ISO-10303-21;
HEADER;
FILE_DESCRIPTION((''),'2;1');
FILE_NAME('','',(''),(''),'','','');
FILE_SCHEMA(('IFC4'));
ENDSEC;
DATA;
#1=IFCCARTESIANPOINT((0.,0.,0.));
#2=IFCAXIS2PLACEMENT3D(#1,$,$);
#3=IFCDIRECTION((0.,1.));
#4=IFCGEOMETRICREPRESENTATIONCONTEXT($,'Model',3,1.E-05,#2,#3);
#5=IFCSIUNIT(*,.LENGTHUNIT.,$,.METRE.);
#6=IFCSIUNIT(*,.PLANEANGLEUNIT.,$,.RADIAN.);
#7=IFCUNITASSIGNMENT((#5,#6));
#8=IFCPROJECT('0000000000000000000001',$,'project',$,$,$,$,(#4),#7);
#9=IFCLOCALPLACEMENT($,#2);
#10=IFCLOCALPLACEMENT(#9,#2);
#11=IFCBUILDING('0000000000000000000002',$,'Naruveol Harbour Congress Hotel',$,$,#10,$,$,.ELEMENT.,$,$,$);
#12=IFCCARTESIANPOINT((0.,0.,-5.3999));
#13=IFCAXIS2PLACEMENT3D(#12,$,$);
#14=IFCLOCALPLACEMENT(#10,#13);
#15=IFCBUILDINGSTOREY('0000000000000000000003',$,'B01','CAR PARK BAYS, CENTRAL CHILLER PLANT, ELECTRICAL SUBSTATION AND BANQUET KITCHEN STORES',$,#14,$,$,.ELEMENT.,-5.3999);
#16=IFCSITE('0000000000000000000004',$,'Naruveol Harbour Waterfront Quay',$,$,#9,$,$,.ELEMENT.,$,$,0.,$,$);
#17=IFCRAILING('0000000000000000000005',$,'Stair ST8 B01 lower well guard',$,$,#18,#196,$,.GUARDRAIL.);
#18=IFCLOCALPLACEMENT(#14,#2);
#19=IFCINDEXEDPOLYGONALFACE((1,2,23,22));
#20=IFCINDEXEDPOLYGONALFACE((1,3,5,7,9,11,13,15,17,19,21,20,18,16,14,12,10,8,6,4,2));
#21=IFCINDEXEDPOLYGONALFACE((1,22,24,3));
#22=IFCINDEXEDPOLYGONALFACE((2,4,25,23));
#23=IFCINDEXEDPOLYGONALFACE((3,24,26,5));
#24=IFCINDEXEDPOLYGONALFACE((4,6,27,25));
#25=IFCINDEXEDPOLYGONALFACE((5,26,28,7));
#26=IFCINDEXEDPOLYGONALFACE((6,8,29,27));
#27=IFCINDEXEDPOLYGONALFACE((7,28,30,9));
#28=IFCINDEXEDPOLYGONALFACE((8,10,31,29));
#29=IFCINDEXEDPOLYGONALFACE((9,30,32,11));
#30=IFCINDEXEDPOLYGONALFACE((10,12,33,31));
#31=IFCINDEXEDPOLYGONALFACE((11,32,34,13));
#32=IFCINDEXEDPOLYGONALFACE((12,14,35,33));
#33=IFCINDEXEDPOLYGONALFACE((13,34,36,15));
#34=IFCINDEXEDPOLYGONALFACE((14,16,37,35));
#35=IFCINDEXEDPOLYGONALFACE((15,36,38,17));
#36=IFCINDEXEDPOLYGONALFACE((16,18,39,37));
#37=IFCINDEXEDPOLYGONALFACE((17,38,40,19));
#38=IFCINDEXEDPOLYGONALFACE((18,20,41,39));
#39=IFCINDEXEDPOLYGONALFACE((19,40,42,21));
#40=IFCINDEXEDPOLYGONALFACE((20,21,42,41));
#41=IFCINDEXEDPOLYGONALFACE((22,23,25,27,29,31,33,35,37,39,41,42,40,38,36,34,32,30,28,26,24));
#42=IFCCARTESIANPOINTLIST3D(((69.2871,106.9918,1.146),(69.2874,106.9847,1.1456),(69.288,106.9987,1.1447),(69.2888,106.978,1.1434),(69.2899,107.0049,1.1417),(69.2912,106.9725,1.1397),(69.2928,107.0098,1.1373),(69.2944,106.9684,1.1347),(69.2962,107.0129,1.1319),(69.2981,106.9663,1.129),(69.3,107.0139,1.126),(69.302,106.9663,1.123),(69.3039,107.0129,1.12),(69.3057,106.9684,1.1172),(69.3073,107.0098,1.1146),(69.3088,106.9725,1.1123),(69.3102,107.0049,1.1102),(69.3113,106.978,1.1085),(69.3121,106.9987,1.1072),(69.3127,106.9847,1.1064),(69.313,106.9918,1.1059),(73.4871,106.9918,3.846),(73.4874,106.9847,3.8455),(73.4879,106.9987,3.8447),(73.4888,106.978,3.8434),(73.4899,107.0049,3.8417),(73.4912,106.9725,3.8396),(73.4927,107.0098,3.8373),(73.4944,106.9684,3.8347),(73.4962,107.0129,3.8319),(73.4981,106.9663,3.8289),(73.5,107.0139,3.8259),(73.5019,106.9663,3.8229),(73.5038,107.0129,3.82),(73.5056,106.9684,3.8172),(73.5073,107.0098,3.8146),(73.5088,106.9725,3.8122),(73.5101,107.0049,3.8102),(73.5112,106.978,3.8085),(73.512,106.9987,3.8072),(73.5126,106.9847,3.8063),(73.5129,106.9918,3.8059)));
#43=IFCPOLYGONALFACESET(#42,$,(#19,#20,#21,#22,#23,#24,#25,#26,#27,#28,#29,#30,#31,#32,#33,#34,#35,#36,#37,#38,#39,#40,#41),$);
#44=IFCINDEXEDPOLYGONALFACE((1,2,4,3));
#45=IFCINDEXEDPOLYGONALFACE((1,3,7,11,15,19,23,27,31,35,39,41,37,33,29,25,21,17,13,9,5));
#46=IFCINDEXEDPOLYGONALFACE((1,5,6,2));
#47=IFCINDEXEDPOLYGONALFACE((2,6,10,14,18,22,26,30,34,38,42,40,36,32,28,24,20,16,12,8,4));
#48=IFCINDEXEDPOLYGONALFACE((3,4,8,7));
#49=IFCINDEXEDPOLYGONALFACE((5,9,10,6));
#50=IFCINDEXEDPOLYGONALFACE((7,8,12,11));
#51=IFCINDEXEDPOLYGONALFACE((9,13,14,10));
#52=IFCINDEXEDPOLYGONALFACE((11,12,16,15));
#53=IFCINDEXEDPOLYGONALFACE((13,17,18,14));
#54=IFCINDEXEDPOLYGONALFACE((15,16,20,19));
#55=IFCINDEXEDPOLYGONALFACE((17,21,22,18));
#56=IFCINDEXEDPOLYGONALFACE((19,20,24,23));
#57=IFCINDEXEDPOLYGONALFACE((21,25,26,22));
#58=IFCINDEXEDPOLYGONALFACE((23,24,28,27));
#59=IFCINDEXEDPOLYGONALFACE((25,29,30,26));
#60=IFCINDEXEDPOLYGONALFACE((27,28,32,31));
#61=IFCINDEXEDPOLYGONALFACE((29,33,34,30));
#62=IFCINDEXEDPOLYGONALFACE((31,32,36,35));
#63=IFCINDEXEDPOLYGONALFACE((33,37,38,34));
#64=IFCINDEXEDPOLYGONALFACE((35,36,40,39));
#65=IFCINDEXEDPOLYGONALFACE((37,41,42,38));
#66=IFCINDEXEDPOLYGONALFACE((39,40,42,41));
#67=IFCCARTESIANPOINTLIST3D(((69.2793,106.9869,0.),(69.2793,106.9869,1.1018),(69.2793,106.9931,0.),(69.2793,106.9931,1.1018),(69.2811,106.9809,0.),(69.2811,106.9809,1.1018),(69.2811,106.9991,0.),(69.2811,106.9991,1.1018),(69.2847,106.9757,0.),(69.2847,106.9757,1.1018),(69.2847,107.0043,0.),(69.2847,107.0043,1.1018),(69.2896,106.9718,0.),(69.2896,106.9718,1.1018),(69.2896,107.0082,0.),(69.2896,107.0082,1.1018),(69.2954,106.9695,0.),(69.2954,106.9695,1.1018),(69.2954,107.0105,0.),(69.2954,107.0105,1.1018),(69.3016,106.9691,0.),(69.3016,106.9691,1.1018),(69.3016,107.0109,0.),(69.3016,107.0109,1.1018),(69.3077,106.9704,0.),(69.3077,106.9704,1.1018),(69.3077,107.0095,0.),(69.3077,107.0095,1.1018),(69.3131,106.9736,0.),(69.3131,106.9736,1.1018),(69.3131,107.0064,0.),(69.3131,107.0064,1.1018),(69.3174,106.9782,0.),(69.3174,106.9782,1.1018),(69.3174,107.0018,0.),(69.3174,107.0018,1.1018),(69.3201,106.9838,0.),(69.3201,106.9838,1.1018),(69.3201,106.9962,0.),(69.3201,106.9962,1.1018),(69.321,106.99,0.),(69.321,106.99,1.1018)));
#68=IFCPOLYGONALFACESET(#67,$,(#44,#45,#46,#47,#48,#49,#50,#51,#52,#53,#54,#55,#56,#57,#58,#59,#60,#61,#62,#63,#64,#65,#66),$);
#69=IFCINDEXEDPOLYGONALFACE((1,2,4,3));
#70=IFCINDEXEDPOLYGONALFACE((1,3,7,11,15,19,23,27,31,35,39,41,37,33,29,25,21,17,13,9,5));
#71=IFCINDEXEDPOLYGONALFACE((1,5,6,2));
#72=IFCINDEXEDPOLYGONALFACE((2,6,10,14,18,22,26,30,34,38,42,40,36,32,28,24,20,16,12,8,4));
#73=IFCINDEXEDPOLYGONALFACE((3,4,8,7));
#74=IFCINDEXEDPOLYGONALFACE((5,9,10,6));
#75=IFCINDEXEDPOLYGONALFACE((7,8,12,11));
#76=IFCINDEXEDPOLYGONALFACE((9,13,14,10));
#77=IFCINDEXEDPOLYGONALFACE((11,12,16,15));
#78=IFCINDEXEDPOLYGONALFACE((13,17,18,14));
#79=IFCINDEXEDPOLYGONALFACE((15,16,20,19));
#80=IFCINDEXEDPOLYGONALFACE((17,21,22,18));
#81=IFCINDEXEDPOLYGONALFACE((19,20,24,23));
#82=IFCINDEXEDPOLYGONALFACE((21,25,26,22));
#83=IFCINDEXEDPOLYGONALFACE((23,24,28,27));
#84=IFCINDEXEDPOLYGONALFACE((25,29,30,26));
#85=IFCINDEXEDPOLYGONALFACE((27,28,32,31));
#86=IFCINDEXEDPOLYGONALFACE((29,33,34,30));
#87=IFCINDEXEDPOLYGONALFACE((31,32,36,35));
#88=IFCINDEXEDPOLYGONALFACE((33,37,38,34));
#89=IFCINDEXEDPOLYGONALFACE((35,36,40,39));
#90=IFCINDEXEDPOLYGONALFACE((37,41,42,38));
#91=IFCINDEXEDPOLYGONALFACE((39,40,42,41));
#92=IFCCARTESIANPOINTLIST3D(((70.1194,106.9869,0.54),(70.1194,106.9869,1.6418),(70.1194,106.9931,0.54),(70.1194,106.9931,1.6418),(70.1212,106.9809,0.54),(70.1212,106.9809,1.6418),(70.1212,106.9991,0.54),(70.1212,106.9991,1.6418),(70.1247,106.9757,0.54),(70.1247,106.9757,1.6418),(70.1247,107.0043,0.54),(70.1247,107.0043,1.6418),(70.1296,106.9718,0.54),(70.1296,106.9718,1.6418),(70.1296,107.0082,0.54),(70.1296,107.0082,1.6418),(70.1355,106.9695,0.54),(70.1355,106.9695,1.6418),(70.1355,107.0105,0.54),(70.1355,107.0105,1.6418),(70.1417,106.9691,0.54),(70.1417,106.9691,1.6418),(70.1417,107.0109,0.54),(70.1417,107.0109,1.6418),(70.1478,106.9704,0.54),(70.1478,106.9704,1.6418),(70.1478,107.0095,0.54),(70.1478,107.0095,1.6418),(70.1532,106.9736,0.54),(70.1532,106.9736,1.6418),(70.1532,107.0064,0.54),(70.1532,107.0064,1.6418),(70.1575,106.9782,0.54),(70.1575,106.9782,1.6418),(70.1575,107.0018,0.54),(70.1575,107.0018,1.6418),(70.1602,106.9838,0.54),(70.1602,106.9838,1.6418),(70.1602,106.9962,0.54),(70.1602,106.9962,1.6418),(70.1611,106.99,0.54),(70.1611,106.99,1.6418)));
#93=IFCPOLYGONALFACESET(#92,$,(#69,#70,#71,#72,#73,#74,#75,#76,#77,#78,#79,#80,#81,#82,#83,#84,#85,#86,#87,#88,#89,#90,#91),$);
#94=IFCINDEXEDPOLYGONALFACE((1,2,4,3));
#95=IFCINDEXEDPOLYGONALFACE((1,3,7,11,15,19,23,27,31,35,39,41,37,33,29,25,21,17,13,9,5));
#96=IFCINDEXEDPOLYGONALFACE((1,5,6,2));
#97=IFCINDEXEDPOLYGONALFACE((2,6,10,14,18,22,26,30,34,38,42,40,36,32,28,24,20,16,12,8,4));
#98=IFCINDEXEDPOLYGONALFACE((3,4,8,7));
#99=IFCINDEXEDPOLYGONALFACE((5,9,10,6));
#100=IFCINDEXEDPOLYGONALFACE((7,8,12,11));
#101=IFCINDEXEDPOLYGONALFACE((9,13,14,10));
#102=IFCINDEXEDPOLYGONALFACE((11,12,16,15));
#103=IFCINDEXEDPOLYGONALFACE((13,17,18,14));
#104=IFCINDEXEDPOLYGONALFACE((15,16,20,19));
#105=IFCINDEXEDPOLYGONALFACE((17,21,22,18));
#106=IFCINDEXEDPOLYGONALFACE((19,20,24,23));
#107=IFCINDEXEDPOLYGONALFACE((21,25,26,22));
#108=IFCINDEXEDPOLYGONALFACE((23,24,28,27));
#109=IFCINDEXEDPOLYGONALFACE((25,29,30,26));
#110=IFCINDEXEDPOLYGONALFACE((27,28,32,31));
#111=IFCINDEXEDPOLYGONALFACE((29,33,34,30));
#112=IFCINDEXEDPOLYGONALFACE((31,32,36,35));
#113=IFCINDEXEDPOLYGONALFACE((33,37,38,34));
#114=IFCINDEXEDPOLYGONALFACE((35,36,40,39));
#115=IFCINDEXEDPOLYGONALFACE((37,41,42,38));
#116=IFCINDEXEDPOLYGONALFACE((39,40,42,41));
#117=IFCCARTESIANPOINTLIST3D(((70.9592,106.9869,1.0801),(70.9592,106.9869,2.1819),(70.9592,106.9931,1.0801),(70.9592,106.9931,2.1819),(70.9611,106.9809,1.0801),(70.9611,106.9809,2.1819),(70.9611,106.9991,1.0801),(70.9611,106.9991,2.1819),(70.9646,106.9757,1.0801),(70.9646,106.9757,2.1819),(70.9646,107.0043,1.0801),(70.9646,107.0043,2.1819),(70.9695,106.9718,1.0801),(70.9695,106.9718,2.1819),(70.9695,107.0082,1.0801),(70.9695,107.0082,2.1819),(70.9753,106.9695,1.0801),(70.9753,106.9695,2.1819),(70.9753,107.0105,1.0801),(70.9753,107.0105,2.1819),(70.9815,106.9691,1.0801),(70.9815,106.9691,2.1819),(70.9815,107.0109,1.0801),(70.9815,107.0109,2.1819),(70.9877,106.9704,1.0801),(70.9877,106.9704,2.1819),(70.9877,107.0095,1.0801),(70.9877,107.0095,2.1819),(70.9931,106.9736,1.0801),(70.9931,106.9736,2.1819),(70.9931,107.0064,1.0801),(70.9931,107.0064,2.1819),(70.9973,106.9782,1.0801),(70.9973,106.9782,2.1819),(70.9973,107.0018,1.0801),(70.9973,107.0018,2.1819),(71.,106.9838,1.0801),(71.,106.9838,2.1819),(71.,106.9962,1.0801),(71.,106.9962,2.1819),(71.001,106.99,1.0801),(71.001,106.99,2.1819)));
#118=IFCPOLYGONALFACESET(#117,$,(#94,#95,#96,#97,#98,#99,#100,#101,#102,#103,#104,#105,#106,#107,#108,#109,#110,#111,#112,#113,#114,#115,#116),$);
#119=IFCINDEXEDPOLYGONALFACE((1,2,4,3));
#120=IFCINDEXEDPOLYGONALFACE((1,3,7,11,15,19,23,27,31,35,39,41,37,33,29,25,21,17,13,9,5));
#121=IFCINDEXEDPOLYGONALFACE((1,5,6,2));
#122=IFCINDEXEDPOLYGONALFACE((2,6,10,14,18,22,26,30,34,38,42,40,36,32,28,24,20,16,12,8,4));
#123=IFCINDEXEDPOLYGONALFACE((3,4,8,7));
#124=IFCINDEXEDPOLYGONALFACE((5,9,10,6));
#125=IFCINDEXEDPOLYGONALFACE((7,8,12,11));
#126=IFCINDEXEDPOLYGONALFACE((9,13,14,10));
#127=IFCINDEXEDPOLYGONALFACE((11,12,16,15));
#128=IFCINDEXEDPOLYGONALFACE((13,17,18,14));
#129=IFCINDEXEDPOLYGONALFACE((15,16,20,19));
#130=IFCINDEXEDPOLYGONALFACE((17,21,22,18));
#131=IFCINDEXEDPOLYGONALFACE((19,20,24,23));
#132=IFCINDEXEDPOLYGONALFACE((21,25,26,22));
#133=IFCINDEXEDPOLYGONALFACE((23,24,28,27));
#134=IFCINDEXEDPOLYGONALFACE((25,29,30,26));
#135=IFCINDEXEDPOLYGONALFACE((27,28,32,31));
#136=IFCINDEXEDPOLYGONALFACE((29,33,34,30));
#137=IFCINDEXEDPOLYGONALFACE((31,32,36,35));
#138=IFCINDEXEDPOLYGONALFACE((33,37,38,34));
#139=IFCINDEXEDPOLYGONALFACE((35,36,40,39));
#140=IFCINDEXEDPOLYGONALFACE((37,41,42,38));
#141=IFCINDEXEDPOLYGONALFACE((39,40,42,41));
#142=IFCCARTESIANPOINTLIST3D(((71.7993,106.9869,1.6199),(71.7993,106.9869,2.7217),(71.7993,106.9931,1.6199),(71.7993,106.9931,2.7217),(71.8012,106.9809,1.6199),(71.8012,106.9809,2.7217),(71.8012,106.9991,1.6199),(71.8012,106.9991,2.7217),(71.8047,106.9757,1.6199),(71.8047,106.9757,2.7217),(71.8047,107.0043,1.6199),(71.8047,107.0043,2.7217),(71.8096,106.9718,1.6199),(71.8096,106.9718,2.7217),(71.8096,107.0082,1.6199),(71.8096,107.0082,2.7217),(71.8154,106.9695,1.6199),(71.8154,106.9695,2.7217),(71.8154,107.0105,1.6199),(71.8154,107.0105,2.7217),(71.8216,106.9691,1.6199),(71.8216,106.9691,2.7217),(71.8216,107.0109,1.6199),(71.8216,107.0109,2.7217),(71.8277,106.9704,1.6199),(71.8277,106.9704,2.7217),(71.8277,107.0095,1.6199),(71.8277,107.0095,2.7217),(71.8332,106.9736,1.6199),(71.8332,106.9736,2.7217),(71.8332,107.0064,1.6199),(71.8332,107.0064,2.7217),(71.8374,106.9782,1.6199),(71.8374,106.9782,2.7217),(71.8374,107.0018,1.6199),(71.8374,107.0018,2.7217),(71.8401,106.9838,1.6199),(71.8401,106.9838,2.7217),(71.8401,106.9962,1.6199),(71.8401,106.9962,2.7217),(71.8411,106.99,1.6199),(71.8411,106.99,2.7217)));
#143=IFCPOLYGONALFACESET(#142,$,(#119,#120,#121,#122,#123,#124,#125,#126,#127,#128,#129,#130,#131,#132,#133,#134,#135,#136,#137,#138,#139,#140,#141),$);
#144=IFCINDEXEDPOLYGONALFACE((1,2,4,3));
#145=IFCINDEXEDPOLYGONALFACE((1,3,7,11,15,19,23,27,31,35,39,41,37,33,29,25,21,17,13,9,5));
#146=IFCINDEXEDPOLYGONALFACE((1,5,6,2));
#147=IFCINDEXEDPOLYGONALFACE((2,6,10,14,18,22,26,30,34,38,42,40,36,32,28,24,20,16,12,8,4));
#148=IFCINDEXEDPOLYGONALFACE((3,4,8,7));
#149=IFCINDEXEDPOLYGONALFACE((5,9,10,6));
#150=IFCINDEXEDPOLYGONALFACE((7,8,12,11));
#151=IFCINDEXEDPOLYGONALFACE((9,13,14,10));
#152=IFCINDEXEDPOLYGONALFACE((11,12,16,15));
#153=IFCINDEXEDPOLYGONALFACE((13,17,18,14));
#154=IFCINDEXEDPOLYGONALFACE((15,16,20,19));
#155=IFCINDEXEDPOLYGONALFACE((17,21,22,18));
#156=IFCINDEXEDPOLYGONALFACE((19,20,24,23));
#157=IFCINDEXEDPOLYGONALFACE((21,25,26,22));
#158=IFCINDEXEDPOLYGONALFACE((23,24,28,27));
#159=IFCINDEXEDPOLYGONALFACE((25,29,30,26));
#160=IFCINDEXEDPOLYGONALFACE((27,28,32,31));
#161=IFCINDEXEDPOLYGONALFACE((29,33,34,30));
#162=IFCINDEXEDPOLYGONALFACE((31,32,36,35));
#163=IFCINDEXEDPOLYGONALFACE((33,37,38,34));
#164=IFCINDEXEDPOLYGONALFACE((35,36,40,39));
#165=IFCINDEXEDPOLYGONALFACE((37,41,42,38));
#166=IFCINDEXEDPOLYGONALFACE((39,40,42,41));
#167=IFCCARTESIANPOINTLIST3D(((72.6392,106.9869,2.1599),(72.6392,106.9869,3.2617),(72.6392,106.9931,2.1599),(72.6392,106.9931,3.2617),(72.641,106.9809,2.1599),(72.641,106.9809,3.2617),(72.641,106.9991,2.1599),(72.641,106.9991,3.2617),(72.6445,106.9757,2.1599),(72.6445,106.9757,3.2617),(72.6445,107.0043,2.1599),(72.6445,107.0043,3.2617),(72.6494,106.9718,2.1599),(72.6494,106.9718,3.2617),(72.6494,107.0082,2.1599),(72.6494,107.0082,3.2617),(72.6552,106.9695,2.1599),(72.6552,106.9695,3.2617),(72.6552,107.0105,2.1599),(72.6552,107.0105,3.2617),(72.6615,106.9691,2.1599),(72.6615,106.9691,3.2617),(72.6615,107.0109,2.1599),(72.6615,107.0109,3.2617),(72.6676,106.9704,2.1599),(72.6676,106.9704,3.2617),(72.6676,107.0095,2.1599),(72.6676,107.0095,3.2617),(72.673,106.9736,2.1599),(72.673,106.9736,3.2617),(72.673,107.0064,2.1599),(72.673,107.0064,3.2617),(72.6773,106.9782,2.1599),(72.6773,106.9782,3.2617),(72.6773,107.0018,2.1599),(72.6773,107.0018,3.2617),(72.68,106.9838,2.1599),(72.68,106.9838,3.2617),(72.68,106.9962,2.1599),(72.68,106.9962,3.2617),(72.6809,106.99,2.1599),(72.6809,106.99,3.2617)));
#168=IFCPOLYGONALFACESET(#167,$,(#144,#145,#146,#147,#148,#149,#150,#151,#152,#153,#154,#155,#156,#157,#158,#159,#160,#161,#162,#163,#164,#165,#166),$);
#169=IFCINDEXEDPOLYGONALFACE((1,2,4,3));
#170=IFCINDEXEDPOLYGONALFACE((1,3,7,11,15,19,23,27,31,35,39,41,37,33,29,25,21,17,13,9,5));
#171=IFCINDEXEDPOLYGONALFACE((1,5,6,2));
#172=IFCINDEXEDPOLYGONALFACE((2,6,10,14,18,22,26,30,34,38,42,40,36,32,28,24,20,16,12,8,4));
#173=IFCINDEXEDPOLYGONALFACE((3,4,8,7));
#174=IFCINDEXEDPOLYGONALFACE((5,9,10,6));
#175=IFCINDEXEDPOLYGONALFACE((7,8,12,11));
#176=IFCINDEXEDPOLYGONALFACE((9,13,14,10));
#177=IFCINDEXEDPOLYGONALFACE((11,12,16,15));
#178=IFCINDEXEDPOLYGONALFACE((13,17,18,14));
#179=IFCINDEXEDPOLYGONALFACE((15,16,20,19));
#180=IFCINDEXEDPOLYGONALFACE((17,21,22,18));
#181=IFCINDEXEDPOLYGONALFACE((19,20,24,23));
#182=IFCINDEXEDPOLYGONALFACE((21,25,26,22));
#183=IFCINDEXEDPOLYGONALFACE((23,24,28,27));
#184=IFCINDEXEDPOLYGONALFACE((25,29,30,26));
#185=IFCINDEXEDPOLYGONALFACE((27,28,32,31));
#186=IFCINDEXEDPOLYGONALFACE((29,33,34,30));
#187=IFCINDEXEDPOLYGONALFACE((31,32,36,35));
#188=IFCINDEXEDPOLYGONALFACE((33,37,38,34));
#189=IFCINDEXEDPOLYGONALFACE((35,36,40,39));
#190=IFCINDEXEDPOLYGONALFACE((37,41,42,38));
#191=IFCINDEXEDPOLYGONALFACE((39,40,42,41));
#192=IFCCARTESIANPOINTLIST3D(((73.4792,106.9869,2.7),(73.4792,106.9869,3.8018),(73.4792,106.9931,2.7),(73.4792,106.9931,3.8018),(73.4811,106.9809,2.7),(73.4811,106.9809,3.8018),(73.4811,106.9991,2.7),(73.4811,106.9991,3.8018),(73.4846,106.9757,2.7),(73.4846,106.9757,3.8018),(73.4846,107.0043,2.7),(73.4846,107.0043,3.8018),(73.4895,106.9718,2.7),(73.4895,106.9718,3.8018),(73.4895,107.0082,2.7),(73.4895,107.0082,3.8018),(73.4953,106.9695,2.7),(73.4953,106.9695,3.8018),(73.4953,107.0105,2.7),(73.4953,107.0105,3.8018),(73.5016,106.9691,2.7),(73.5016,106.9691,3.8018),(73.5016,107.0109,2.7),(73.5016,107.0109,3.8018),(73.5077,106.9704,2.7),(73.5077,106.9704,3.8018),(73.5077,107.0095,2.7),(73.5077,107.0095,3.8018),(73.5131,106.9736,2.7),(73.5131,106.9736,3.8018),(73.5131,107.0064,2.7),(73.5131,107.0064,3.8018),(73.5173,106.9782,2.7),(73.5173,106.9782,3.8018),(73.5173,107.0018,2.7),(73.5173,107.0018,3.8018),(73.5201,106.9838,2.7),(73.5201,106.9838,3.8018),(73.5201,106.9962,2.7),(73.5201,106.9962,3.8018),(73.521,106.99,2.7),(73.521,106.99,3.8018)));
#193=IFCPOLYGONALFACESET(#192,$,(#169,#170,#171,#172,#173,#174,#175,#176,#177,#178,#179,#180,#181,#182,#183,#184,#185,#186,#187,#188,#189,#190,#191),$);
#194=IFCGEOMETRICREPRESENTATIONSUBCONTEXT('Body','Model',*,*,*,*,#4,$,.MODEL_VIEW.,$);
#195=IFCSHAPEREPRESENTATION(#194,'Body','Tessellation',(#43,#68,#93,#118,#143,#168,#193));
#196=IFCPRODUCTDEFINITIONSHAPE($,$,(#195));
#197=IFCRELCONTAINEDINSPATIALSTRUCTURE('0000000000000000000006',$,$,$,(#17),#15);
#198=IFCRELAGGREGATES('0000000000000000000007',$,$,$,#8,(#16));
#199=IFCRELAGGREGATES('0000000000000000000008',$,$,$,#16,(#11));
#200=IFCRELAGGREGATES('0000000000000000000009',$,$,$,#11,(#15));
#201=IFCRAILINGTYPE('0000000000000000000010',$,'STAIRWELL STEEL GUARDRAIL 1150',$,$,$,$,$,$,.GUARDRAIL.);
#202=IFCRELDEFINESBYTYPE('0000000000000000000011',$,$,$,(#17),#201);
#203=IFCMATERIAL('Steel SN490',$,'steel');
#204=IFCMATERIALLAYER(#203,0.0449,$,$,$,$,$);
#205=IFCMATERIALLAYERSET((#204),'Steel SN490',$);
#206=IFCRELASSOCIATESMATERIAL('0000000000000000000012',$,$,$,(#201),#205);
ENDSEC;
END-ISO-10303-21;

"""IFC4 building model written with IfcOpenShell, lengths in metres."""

from ifc_helpers import new_model, si_unit, direction, frame, origin, origin_2d, place, context, subcontext, project, spatial, circle, extrude, material, layer, layer_set, type_object, element, save


model = new_model("IFC4")

# Units and contexts
model_context = context("Model", 3, precision=1e-05, world=origin(), true_north=direction((0.0, 1.0)))
body_context = subcontext(model_context, "Body", "Model", "MODEL_VIEW")
ifc_project = project(units=[si_unit("LENGTHUNIT", "METRE"), si_unit("PLANEANGLEUNIT", "RADIAN")], contexts=[model_context])

# Site, building, storey
site_placement = place(None, origin())
site = spatial("IfcSite", under=ifc_project, at=site_placement, Name="Naruveol Harbour Waterfront Quay", CompositionType="ELEMENT", RefElevation=0.0)
building_placement = place(site_placement, origin())
building = spatial("IfcBuilding", under=site, at=building_placement, Name="Naruveol Harbour Congress Hotel", CompositionType="ELEMENT")
storey_placement = place(building_placement, frame((0.0, 0.0, -5.3999)))
storey = spatial("IfcBuildingStorey", under=building, at=storey_placement, Name="B01", Description="CAR PARK BAYS, CENTRAL CHILLER PLANT, ELECTRICAL SUBSTATION AND BANQUET KITCHEN STORES", CompositionType="ELEMENT", Elevation=-5.3999)

# Railing
ifc_material_1 = material(Name="Steel SN490", Category="steel")
ifc_layer_1 = layer(ifc_material_1, 0.0449)
ifc_layer_set_1 = layer_set([ifc_layer_1], Name="Steel SN490")
railing_type_1 = type_object("IfcRailingType", Name="STAIRWELL STEEL GUARDRAIL 1150", PredefinedType="GUARDRAIL", material=ifc_layer_set_1)
railing_1_placement = place(storey_placement, frame((69.3, 106.99, 0.0)))
element("IfcRailing", 1, at=railing_1_placement, inside=storey, type_object=railing_type_1, Name="Stair ST8 B01 lower well guard", PredefinedType="GUARDRAIL", context=body_context, shape_type="SweptSolid", body=[
    extrude(circle(Radius=0.0239, at=origin_2d()), frame((0.0, 0.0, 1.126), z_axis=(0.84118, 0.0, 0.540755), x_axis=(0.0, 1.0, 0.0)), (0.0, 0.0, 1.0), 4.9929),
    extrude(circle(Radius=0.021, at=origin_2d()), origin(), (0.0, 0.0, 1.0), 1.1018),
    extrude(circle(Radius=0.021, at=origin_2d()), frame((0.8401, 0.0, 0.54)), (0.0, 0.0, 1.0), 1.1018),
    extrude(circle(Radius=0.021, at=origin_2d()), frame((1.6799, 0.0, 1.0801)), (0.0, 0.0, 1.0), 1.1018),
    extrude(circle(Radius=0.021, at=origin_2d()), frame((2.52, 0.0, 1.6199)), (0.0, 0.0, 1.0), 1.1018),
    extrude(circle(Radius=0.021, at=origin_2d()), frame((3.3599, 0.0, 2.1599)), (0.0, 0.0, 1.0), 1.1018),
    extrude(circle(Radius=0.021, at=origin_2d()), frame((4.2, 0.0, 2.7)), (0.0, 0.0, 1.0), 1.1018),
])

save(model, "model.ifc")
